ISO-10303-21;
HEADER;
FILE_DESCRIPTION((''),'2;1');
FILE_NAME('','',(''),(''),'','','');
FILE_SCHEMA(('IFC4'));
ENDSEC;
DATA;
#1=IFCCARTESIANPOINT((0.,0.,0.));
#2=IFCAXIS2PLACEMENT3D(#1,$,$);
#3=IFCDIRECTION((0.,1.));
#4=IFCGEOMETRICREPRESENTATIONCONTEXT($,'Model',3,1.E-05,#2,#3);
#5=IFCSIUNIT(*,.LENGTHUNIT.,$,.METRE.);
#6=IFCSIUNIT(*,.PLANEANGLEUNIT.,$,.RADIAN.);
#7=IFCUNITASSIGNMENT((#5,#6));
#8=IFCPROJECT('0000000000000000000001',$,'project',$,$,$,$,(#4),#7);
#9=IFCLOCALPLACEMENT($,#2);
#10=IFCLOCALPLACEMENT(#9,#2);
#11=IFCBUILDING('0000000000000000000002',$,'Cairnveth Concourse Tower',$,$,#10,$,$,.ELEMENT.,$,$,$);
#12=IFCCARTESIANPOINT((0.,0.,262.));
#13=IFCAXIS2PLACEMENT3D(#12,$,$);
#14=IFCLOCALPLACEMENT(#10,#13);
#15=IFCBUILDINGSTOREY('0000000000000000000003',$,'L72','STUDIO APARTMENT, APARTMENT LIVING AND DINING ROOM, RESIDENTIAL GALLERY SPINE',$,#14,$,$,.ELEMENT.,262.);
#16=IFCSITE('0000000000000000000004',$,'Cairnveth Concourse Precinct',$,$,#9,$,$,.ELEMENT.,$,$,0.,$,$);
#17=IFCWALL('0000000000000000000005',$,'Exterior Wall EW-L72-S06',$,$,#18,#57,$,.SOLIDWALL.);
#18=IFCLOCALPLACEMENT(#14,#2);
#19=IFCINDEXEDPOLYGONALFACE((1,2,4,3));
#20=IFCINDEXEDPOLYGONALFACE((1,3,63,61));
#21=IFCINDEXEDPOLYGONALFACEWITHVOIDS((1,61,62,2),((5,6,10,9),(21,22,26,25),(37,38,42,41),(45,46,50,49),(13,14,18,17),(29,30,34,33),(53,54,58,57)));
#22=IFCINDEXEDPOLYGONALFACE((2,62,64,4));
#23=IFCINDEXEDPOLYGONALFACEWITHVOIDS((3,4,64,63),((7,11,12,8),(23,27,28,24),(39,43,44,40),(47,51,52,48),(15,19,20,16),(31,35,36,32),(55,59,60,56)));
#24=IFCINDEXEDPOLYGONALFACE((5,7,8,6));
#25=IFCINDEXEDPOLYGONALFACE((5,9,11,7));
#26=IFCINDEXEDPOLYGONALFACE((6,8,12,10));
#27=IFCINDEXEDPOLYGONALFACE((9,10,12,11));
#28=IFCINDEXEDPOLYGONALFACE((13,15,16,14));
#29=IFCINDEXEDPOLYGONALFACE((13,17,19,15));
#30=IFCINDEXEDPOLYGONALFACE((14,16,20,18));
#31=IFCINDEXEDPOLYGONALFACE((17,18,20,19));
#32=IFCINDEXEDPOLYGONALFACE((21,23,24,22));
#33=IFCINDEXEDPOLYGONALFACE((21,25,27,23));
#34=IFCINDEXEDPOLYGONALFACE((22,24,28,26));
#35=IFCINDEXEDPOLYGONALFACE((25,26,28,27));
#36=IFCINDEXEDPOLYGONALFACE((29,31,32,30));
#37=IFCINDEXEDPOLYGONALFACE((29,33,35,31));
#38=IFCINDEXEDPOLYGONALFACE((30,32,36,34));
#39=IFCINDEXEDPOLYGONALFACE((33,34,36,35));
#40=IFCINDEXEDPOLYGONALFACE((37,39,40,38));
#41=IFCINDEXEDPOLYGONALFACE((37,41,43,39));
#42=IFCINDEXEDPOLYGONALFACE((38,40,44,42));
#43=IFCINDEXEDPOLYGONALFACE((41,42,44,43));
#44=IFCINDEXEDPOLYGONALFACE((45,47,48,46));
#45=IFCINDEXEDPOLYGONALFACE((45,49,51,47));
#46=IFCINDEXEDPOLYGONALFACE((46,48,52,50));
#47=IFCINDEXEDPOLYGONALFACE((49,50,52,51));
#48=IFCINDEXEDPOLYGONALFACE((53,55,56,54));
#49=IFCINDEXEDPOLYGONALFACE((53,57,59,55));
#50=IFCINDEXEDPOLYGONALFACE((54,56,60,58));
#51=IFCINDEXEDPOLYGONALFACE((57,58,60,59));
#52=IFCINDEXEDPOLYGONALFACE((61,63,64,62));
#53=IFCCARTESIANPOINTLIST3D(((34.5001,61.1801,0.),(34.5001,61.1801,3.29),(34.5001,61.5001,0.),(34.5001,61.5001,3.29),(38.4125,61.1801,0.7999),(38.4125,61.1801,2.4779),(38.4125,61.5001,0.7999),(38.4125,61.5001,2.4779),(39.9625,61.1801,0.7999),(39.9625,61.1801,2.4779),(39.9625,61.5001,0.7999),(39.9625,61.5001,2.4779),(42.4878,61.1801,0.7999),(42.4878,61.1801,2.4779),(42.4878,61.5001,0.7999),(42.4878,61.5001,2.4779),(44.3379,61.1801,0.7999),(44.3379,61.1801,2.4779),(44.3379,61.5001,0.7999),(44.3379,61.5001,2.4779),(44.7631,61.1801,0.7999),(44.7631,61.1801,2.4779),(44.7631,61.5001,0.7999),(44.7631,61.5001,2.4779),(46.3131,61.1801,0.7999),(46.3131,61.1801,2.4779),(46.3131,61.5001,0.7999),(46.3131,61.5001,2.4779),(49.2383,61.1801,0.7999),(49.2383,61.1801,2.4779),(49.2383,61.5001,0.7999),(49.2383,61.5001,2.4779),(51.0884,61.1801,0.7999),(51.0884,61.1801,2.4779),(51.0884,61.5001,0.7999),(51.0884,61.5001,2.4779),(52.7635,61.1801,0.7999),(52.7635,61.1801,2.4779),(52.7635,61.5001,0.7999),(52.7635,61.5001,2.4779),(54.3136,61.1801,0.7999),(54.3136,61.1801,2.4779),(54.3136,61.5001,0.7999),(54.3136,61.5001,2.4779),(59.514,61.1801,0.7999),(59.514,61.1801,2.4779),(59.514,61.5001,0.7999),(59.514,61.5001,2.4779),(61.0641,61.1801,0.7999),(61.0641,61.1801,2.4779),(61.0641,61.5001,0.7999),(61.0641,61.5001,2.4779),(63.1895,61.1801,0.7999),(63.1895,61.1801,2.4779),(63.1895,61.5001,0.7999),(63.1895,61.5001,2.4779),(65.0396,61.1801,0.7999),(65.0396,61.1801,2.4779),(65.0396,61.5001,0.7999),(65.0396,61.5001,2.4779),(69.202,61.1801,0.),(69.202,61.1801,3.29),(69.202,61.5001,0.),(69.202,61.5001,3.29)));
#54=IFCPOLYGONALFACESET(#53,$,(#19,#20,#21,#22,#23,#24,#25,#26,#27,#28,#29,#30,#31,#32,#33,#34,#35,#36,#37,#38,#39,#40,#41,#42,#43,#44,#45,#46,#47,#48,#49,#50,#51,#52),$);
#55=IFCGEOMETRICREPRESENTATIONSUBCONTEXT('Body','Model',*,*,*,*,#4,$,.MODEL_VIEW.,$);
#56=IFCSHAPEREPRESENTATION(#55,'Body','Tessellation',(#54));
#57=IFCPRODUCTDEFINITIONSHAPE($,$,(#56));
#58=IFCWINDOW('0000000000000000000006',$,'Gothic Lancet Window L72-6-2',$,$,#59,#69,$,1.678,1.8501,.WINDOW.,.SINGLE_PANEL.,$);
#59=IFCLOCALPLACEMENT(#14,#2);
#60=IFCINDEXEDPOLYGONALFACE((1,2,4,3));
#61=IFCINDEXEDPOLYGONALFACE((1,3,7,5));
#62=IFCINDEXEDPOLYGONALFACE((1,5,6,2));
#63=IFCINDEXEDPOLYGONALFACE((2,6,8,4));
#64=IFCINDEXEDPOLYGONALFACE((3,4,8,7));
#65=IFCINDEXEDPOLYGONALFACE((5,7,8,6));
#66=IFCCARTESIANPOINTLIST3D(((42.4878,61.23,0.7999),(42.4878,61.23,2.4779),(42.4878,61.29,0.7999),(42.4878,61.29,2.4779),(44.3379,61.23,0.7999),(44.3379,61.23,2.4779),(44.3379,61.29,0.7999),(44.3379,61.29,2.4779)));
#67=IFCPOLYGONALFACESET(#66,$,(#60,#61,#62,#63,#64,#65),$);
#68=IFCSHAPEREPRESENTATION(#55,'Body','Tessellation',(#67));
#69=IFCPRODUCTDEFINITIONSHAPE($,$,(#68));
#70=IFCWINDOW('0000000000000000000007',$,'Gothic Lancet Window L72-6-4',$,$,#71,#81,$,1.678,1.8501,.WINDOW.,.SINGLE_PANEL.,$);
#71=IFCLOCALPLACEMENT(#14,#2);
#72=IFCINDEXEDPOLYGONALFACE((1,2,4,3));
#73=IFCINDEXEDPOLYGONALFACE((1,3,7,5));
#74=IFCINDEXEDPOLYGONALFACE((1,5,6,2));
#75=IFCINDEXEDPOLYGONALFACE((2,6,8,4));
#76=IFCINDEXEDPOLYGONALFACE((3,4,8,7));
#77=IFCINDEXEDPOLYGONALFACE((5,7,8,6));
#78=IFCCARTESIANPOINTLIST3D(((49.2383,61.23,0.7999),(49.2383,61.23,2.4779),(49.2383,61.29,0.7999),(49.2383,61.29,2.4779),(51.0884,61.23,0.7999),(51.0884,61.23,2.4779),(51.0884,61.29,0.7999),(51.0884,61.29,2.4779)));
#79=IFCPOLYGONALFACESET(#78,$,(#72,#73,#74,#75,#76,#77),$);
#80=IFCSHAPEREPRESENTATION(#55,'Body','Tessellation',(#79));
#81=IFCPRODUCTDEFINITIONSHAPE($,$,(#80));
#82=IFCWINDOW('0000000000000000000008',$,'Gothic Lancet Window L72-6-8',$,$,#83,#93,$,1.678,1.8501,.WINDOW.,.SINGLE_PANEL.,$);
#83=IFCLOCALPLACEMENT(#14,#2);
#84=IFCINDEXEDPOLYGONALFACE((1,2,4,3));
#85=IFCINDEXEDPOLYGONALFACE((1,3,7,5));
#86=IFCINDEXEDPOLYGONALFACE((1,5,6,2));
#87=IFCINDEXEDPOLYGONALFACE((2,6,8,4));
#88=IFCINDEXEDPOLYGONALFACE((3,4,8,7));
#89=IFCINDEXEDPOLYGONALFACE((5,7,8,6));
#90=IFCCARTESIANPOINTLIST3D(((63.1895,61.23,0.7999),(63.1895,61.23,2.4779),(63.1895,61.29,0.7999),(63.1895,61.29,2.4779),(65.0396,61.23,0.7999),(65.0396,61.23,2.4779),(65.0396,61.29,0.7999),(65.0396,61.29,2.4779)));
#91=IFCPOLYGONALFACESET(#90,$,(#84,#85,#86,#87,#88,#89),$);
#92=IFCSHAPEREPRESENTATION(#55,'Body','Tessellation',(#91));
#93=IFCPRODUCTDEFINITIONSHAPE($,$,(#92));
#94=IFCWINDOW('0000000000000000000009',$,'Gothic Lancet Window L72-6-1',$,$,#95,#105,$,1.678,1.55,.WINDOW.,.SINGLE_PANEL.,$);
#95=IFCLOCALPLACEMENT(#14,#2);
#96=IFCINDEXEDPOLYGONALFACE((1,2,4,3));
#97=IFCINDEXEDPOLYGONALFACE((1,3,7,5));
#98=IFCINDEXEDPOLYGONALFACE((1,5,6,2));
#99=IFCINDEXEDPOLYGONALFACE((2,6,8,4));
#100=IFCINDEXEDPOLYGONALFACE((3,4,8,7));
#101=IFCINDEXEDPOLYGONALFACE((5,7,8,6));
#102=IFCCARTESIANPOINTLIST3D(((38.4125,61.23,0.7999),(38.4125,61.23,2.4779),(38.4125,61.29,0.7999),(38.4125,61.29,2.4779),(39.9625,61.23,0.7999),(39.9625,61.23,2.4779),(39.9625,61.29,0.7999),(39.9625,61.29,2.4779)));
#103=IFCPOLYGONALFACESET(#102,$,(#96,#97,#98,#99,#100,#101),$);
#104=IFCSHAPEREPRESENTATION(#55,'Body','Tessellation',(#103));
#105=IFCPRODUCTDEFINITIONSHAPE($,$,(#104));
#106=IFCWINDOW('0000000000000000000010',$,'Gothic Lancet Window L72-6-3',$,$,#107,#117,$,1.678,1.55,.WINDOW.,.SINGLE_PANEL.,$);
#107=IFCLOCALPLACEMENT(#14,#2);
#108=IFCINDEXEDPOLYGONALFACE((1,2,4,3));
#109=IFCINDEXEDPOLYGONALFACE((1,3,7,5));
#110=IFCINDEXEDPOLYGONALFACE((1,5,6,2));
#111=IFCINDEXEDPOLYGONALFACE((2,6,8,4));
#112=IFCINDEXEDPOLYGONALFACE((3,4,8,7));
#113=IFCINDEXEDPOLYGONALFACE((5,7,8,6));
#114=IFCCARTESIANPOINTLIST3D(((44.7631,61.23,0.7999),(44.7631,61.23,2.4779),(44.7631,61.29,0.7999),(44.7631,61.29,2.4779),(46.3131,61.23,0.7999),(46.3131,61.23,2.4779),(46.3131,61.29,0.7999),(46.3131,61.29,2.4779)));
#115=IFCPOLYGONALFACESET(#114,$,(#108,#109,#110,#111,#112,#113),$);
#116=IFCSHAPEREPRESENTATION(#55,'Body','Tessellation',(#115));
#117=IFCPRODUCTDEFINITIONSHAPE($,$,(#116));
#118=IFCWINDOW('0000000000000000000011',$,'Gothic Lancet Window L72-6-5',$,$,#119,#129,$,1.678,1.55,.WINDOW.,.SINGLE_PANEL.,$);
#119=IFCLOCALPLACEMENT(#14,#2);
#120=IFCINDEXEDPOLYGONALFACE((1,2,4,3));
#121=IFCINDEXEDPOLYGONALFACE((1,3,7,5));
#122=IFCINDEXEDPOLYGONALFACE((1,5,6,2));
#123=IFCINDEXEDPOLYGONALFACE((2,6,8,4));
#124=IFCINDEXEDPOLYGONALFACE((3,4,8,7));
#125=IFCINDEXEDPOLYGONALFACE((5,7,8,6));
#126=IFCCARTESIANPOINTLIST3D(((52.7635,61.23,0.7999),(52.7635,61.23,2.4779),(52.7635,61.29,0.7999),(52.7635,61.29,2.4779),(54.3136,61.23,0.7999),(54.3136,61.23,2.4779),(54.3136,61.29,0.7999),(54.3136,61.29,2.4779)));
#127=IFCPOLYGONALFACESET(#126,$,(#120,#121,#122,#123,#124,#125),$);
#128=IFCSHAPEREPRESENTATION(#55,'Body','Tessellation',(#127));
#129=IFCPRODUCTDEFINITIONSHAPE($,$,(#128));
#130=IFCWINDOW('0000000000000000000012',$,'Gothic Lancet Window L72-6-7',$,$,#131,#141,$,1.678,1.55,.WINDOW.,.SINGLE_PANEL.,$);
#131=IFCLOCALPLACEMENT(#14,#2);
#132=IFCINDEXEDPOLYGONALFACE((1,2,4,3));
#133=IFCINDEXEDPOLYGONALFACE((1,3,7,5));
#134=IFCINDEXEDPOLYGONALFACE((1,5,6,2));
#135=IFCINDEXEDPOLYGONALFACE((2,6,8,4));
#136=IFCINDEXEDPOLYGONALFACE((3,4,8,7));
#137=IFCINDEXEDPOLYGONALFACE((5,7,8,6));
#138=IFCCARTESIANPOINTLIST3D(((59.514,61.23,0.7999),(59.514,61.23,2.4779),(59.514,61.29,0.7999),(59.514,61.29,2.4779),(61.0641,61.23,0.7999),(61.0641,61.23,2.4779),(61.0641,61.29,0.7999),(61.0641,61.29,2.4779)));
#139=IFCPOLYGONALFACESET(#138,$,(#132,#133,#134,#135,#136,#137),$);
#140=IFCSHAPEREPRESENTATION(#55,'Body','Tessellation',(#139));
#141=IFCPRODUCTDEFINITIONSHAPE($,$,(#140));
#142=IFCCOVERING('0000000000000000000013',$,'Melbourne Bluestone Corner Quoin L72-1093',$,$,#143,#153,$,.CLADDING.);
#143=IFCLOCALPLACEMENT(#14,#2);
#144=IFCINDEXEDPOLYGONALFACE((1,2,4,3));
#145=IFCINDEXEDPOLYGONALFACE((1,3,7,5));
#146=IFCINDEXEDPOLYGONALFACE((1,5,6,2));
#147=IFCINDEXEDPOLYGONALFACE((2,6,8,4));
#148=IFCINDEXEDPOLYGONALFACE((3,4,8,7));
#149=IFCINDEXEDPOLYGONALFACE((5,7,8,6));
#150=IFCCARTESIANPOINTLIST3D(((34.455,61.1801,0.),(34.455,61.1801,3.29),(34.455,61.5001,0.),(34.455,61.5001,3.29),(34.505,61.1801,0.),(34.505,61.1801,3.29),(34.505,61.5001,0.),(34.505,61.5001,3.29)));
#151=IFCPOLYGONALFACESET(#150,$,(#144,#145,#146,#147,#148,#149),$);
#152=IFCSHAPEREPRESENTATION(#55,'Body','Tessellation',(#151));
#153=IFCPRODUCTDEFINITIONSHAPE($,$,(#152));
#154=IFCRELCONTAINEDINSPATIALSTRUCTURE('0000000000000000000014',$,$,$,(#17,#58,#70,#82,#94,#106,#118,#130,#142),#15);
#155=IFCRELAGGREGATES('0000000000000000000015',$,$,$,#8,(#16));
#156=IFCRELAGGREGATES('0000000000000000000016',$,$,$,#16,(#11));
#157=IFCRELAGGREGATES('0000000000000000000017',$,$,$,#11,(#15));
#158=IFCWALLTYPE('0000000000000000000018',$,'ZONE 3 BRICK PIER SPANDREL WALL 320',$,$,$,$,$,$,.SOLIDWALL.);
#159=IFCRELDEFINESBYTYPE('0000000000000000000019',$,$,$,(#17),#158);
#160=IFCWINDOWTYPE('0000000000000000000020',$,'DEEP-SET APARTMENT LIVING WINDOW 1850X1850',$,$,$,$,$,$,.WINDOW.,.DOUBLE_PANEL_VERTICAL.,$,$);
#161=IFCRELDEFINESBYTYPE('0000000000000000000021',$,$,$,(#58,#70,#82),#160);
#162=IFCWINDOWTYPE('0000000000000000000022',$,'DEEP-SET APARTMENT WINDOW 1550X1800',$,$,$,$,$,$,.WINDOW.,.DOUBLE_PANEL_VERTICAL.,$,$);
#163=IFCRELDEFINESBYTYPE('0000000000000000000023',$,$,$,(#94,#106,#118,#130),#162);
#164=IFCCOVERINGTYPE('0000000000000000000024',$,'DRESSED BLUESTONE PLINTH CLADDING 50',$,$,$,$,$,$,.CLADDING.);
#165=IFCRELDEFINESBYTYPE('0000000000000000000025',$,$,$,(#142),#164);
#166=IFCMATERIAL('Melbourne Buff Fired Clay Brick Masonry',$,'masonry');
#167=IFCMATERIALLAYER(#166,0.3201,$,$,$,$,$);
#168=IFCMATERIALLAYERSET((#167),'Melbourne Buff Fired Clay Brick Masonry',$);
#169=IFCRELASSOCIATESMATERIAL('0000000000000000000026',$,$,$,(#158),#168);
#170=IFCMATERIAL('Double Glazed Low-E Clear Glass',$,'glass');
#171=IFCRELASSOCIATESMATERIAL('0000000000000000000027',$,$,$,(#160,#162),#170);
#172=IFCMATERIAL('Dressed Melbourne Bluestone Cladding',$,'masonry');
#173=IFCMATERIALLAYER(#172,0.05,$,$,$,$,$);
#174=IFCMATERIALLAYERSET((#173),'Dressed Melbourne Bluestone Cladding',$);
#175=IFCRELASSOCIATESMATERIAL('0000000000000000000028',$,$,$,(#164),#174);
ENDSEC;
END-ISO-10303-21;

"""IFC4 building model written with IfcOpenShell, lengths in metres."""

from ifc_helpers import new_model, si_unit, direction, frame, frame_2d, origin, place, context, subcontext, project, spatial, rectangle, extrude, material, layer, layer_set, type_object, element, fill, save


model = new_model("IFC4")

# Units and contexts
model_context = context("Model", 3, precision=1e-05, world=origin(), true_north=direction((0.0, 1.0)))
body_context = subcontext(model_context, "Body", "Model", "MODEL_VIEW")
ifc_project = project(units=[si_unit("LENGTHUNIT", "METRE"), si_unit("PLANEANGLEUNIT", "RADIAN")], contexts=[model_context])

# Site, building, storey
site_placement = place(None, origin())
site = spatial("IfcSite", under=ifc_project, at=site_placement, Name="Cairnveth Concourse Precinct", CompositionType="ELEMENT", RefElevation=0.0)
building_placement = place(site_placement, origin())
building = spatial("IfcBuilding", under=site, at=building_placement, Name="Cairnveth Concourse Tower", CompositionType="ELEMENT")
storey_placement = place(building_placement, frame((0.0, 0.0, 262.0)))
storey = spatial("IfcBuildingStorey", under=building, at=storey_placement, Name="L72", Description="STUDIO APARTMENT, APARTMENT LIVING AND DINING ROOM, RESIDENTIAL GALLERY SPINE", CompositionType="ELEMENT", Elevation=262.0)

# Wall, openings, windows
ifc_material_1 = material(Name="Melbourne Buff Fired Clay Brick Masonry", Category="masonry")
ifc_layer_1 = layer(ifc_material_1, 0.3201)
ifc_layer_set_1 = layer_set([ifc_layer_1], Name="Melbourne Buff Fired Clay Brick Masonry")
wall_type = type_object("IfcWallType", Name="ZONE 3 BRICK PIER SPANDREL WALL 320", PredefinedType="SOLIDWALL", material=ifc_layer_set_1)
wall_placement = place(storey_placement, frame((34.5, 61.3401, 0.0), z_axis=(0.0, 0.0, 1.0), x_axis=(1.0, 0.0, 0.0)))
wall = element("IfcWall", 1, at=wall_placement, inside=storey, type_object=wall_type, Name="Exterior Wall EW-L72-S06", PredefinedType="SOLIDWALL", context=body_context, shape_type="SweptSolid", body=[
    extrude(rectangle(XDim=34.7019, YDim=0.3201, at=frame_2d((17.3511, 0.0))), origin(), (0.0, 0.0, 1.0), 3.29),
])
opening_1_placement = place(wall_placement, frame((3.9126, 0.0, 0.8)))
opening_1 = element("IfcOpeningElement", 2, at=opening_1_placement, cuts=wall, PredefinedType="OPENING", context=body_context, shape_type="SweptSolid", body=[
    extrude(rectangle(XDim=1.55, YDim=1.678, at=frame_2d((0.7749, 0.8389))), frame((0.0, 0.1699, 0.0), z_axis=(0.0, -1.0, 0.0), x_axis=(1.0, 0.0, 0.0)), (0.0, 0.0, 1.0), 0.3401),
])
opening_2_placement = place(wall_placement, frame((7.9878, 0.0, 0.8)))
opening_2 = element("IfcOpeningElement", 3, at=opening_2_placement, cuts=wall, PredefinedType="OPENING", context=body_context, shape_type="SweptSolid", body=[
    extrude(rectangle(XDim=1.8501, YDim=1.678, at=frame_2d((0.925, 0.8389))), frame((0.0, 0.1699, 0.0), z_axis=(0.0, -1.0, 0.0), x_axis=(1.0, 0.0, 0.0)), (0.0, 0.0, 1.0), 0.3401),
])
opening_3_placement = place(wall_placement, frame((10.2632, 0.0, 0.8)))
opening_3 = element("IfcOpeningElement", 4, at=opening_3_placement, cuts=wall, PredefinedType="OPENING", context=body_context, shape_type="SweptSolid", body=[
    extrude(rectangle(XDim=1.55, YDim=1.678, at=frame_2d((0.7749, 0.8389))), frame((0.0, 0.1699, 0.0), z_axis=(0.0, -1.0, 0.0), x_axis=(1.0, 0.0, 0.0)), (0.0, 0.0, 1.0), 0.3401),
])
opening_4_placement = place(wall_placement, frame((14.7383, 0.0, 0.8)))
opening_4 = element("IfcOpeningElement", 5, at=opening_4_placement, cuts=wall, PredefinedType="OPENING", context=body_context, shape_type="SweptSolid", body=[
    extrude(rectangle(XDim=1.8501, YDim=1.678, at=frame_2d((0.925, 0.8389))), frame((0.0, 0.1699, 0.0), z_axis=(0.0, -1.0, 0.0), x_axis=(1.0, 0.0, 0.0)), (0.0, 0.0, 1.0), 0.3401),
])
opening_5_placement = place(wall_placement, frame((18.2637, 0.0, 0.8)))
opening_5 = element("IfcOpeningElement", 6, at=opening_5_placement, cuts=wall, PredefinedType="OPENING", context=body_context, shape_type="SweptSolid", body=[
    extrude(rectangle(XDim=1.55, YDim=1.678, at=frame_2d((0.7749, 0.8389))), frame((0.0, 0.1699, 0.0), z_axis=(0.0, -1.0, 0.0), x_axis=(1.0, 0.0, 0.0)), (0.0, 0.0, 1.0), 0.3401),
])
opening_6_placement = place(wall_placement, frame((25.0142, 0.0, 0.8)))
opening_6 = element("IfcOpeningElement", 7, at=opening_6_placement, cuts=wall, PredefinedType="OPENING", context=body_context, shape_type="SweptSolid", body=[
    extrude(rectangle(XDim=1.55, YDim=1.678, at=frame_2d((0.7749, 0.8389))), frame((0.0, 0.1699, 0.0), z_axis=(0.0, -1.0, 0.0), x_axis=(1.0, 0.0, 0.0)), (0.0, 0.0, 1.0), 0.3401),
])
opening_7_placement = place(wall_placement, frame((28.6895, 0.0, 0.8)))
opening_7 = element("IfcOpeningElement", 8, at=opening_7_placement, cuts=wall, PredefinedType="OPENING", context=body_context, shape_type="SweptSolid", body=[
    extrude(rectangle(XDim=1.8501, YDim=1.678, at=frame_2d((0.925, 0.8389))), frame((0.0, 0.1699, 0.0), z_axis=(0.0, -1.0, 0.0), x_axis=(1.0, 0.0, 0.0)), (0.0, 0.0, 1.0), 0.3401),
])
ifc_material_2 = material(Name="Double Glazed Low-E Clear Glass", Category="glass")
window_type_1 = type_object("IfcWindowType", Name="DEEP-SET APARTMENT LIVING WINDOW 1850X1850", PartitioningType="DOUBLE_PANEL_VERTICAL", PredefinedType="WINDOW", material=ifc_material_2)
window_1_placement = place(opening_2_placement, origin())
window_1 = element("IfcWindow", 9, at=window_1_placement, inside=storey, type_object=window_type_1, Name="Gothic Lancet Window L72-6-2", OverallHeight=1.678, OverallWidth=1.8501, PartitioningType="SINGLE_PANEL", PredefinedType="WINDOW", context=body_context, shape_type="SweptSolid", body=[
    extrude(rectangle(XDim=1.8501, YDim=1.678, at=frame_2d((0.925, 0.8389))), frame((0.0, -0.05, 0.0), z_axis=(0.0, -1.0, 0.0), x_axis=(1.0, 0.0, 0.0)), (0.0, 0.0, 1.0), 0.0601),
])
fill(opening_2, window_1)
window_2_placement = place(opening_4_placement, origin())
window_2 = element("IfcWindow", 10, at=window_2_placement, inside=storey, type_object=window_type_1, Name="Gothic Lancet Window L72-6-4", OverallHeight=1.678, OverallWidth=1.8501, PartitioningType="SINGLE_PANEL", PredefinedType="WINDOW", context=body_context, shape_type="SweptSolid", body=[
    extrude(rectangle(XDim=1.8501, YDim=1.678, at=frame_2d((0.925, 0.8389))), frame((0.0, -0.05, 0.0), z_axis=(0.0, -1.0, 0.0), x_axis=(1.0, 0.0, 0.0)), (0.0, 0.0, 1.0), 0.0601),
])
fill(opening_4, window_2)
window_3_placement = place(opening_7_placement, origin())
window_3 = element("IfcWindow", 11, at=window_3_placement, inside=storey, type_object=window_type_1, Name="Gothic Lancet Window L72-6-8", OverallHeight=1.678, OverallWidth=1.8501, PartitioningType="SINGLE_PANEL", PredefinedType="WINDOW", context=body_context, shape_type="SweptSolid", body=[
    extrude(rectangle(XDim=1.8501, YDim=1.678, at=frame_2d((0.925, 0.8389))), frame((0.0, -0.05, 0.0), z_axis=(0.0, -1.0, 0.0), x_axis=(1.0, 0.0, 0.0)), (0.0, 0.0, 1.0), 0.0601),
])
fill(opening_7, window_3)
window_type_2 = type_object("IfcWindowType", Name="DEEP-SET APARTMENT WINDOW 1550X1800", PartitioningType="DOUBLE_PANEL_VERTICAL", PredefinedType="WINDOW", material=ifc_material_2)
window_4_placement = place(opening_1_placement, origin())
window_4 = element("IfcWindow", 12, at=window_4_placement, inside=storey, type_object=window_type_2, Name="Gothic Lancet Window L72-6-1", OverallHeight=1.678, OverallWidth=1.55, PartitioningType="SINGLE_PANEL", PredefinedType="WINDOW", context=body_context, shape_type="SweptSolid", body=[
    extrude(rectangle(XDim=1.55, YDim=1.678, at=frame_2d((0.7749, 0.8389))), frame((0.0, -0.05, 0.0), z_axis=(0.0, -1.0, 0.0), x_axis=(1.0, 0.0, 0.0)), (0.0, 0.0, 1.0), 0.0601),
])
fill(opening_1, window_4)
window_5_placement = place(opening_3_placement, origin())
window_5 = element("IfcWindow", 13, at=window_5_placement, inside=storey, type_object=window_type_2, Name="Gothic Lancet Window L72-6-3", OverallHeight=1.678, OverallWidth=1.55, PartitioningType="SINGLE_PANEL", PredefinedType="WINDOW", context=body_context, shape_type="SweptSolid", body=[
    extrude(rectangle(XDim=1.55, YDim=1.678, at=frame_2d((0.7749, 0.8389))), frame((0.0, -0.05, 0.0), z_axis=(0.0, -1.0, 0.0), x_axis=(1.0, 0.0, 0.0)), (0.0, 0.0, 1.0), 0.0601),
])
fill(opening_3, window_5)
window_6_placement = place(opening_5_placement, origin())
window_6 = element("IfcWindow", 14, at=window_6_placement, inside=storey, type_object=window_type_2, Name="Gothic Lancet Window L72-6-5", OverallHeight=1.678, OverallWidth=1.55, PartitioningType="SINGLE_PANEL", PredefinedType="WINDOW", context=body_context, shape_type="SweptSolid", body=[
    extrude(rectangle(XDim=1.55, YDim=1.678, at=frame_2d((0.7749, 0.8389))), frame((0.0, -0.05, 0.0), z_axis=(0.0, -1.0, 0.0), x_axis=(1.0, 0.0, 0.0)), (0.0, 0.0, 1.0), 0.0601),
])
fill(opening_5, window_6)
window_7_placement = place(opening_6_placement, origin())
window_7 = element("IfcWindow", 15, at=window_7_placement, inside=storey, type_object=window_type_2, Name="Gothic Lancet Window L72-6-7", OverallHeight=1.678, OverallWidth=1.55, PartitioningType="SINGLE_PANEL", PredefinedType="WINDOW", context=body_context, shape_type="SweptSolid", body=[
    extrude(rectangle(XDim=1.55, YDim=1.678, at=frame_2d((0.7749, 0.8389))), frame((0.0, -0.05, 0.0), z_axis=(0.0, -1.0, 0.0), x_axis=(1.0, 0.0, 0.0)), (0.0, 0.0, 1.0), 0.0601),
])
fill(opening_6, window_7)

# Covering
ifc_material_3 = material(Name="Dressed Melbourne Bluestone Cladding", Category="masonry")
ifc_layer_2 = layer(ifc_material_3, 0.05)
ifc_layer_set_2 = layer_set([ifc_layer_2], Name="Dressed Melbourne Bluestone Cladding")
covering_type = type_object("IfcCoveringType", Name="DRESSED BLUESTONE PLINTH CLADDING 50", PredefinedType="CLADDING", material=ifc_layer_set_2)
covering_placement = place(storey_placement, frame((34.48, 61.1799, 0.0), z_axis=(0.0, 0.0, 1.0), x_axis=(0.0, 1.0, 0.0)))
element("IfcCovering", 16, at=covering_placement, inside=storey, type_object=covering_type, Name="Melbourne Bluestone Corner Quoin L72-1093", PredefinedType="CLADDING", context=body_context, shape_type="SweptSolid", body=[
    extrude(rectangle(XDim=0.3201, YDim=0.05, at=frame_2d((0.1602, 0.0))), origin(), (0.0, 0.0, 1.0), 3.29),
])

save(model, "model.ifc")
